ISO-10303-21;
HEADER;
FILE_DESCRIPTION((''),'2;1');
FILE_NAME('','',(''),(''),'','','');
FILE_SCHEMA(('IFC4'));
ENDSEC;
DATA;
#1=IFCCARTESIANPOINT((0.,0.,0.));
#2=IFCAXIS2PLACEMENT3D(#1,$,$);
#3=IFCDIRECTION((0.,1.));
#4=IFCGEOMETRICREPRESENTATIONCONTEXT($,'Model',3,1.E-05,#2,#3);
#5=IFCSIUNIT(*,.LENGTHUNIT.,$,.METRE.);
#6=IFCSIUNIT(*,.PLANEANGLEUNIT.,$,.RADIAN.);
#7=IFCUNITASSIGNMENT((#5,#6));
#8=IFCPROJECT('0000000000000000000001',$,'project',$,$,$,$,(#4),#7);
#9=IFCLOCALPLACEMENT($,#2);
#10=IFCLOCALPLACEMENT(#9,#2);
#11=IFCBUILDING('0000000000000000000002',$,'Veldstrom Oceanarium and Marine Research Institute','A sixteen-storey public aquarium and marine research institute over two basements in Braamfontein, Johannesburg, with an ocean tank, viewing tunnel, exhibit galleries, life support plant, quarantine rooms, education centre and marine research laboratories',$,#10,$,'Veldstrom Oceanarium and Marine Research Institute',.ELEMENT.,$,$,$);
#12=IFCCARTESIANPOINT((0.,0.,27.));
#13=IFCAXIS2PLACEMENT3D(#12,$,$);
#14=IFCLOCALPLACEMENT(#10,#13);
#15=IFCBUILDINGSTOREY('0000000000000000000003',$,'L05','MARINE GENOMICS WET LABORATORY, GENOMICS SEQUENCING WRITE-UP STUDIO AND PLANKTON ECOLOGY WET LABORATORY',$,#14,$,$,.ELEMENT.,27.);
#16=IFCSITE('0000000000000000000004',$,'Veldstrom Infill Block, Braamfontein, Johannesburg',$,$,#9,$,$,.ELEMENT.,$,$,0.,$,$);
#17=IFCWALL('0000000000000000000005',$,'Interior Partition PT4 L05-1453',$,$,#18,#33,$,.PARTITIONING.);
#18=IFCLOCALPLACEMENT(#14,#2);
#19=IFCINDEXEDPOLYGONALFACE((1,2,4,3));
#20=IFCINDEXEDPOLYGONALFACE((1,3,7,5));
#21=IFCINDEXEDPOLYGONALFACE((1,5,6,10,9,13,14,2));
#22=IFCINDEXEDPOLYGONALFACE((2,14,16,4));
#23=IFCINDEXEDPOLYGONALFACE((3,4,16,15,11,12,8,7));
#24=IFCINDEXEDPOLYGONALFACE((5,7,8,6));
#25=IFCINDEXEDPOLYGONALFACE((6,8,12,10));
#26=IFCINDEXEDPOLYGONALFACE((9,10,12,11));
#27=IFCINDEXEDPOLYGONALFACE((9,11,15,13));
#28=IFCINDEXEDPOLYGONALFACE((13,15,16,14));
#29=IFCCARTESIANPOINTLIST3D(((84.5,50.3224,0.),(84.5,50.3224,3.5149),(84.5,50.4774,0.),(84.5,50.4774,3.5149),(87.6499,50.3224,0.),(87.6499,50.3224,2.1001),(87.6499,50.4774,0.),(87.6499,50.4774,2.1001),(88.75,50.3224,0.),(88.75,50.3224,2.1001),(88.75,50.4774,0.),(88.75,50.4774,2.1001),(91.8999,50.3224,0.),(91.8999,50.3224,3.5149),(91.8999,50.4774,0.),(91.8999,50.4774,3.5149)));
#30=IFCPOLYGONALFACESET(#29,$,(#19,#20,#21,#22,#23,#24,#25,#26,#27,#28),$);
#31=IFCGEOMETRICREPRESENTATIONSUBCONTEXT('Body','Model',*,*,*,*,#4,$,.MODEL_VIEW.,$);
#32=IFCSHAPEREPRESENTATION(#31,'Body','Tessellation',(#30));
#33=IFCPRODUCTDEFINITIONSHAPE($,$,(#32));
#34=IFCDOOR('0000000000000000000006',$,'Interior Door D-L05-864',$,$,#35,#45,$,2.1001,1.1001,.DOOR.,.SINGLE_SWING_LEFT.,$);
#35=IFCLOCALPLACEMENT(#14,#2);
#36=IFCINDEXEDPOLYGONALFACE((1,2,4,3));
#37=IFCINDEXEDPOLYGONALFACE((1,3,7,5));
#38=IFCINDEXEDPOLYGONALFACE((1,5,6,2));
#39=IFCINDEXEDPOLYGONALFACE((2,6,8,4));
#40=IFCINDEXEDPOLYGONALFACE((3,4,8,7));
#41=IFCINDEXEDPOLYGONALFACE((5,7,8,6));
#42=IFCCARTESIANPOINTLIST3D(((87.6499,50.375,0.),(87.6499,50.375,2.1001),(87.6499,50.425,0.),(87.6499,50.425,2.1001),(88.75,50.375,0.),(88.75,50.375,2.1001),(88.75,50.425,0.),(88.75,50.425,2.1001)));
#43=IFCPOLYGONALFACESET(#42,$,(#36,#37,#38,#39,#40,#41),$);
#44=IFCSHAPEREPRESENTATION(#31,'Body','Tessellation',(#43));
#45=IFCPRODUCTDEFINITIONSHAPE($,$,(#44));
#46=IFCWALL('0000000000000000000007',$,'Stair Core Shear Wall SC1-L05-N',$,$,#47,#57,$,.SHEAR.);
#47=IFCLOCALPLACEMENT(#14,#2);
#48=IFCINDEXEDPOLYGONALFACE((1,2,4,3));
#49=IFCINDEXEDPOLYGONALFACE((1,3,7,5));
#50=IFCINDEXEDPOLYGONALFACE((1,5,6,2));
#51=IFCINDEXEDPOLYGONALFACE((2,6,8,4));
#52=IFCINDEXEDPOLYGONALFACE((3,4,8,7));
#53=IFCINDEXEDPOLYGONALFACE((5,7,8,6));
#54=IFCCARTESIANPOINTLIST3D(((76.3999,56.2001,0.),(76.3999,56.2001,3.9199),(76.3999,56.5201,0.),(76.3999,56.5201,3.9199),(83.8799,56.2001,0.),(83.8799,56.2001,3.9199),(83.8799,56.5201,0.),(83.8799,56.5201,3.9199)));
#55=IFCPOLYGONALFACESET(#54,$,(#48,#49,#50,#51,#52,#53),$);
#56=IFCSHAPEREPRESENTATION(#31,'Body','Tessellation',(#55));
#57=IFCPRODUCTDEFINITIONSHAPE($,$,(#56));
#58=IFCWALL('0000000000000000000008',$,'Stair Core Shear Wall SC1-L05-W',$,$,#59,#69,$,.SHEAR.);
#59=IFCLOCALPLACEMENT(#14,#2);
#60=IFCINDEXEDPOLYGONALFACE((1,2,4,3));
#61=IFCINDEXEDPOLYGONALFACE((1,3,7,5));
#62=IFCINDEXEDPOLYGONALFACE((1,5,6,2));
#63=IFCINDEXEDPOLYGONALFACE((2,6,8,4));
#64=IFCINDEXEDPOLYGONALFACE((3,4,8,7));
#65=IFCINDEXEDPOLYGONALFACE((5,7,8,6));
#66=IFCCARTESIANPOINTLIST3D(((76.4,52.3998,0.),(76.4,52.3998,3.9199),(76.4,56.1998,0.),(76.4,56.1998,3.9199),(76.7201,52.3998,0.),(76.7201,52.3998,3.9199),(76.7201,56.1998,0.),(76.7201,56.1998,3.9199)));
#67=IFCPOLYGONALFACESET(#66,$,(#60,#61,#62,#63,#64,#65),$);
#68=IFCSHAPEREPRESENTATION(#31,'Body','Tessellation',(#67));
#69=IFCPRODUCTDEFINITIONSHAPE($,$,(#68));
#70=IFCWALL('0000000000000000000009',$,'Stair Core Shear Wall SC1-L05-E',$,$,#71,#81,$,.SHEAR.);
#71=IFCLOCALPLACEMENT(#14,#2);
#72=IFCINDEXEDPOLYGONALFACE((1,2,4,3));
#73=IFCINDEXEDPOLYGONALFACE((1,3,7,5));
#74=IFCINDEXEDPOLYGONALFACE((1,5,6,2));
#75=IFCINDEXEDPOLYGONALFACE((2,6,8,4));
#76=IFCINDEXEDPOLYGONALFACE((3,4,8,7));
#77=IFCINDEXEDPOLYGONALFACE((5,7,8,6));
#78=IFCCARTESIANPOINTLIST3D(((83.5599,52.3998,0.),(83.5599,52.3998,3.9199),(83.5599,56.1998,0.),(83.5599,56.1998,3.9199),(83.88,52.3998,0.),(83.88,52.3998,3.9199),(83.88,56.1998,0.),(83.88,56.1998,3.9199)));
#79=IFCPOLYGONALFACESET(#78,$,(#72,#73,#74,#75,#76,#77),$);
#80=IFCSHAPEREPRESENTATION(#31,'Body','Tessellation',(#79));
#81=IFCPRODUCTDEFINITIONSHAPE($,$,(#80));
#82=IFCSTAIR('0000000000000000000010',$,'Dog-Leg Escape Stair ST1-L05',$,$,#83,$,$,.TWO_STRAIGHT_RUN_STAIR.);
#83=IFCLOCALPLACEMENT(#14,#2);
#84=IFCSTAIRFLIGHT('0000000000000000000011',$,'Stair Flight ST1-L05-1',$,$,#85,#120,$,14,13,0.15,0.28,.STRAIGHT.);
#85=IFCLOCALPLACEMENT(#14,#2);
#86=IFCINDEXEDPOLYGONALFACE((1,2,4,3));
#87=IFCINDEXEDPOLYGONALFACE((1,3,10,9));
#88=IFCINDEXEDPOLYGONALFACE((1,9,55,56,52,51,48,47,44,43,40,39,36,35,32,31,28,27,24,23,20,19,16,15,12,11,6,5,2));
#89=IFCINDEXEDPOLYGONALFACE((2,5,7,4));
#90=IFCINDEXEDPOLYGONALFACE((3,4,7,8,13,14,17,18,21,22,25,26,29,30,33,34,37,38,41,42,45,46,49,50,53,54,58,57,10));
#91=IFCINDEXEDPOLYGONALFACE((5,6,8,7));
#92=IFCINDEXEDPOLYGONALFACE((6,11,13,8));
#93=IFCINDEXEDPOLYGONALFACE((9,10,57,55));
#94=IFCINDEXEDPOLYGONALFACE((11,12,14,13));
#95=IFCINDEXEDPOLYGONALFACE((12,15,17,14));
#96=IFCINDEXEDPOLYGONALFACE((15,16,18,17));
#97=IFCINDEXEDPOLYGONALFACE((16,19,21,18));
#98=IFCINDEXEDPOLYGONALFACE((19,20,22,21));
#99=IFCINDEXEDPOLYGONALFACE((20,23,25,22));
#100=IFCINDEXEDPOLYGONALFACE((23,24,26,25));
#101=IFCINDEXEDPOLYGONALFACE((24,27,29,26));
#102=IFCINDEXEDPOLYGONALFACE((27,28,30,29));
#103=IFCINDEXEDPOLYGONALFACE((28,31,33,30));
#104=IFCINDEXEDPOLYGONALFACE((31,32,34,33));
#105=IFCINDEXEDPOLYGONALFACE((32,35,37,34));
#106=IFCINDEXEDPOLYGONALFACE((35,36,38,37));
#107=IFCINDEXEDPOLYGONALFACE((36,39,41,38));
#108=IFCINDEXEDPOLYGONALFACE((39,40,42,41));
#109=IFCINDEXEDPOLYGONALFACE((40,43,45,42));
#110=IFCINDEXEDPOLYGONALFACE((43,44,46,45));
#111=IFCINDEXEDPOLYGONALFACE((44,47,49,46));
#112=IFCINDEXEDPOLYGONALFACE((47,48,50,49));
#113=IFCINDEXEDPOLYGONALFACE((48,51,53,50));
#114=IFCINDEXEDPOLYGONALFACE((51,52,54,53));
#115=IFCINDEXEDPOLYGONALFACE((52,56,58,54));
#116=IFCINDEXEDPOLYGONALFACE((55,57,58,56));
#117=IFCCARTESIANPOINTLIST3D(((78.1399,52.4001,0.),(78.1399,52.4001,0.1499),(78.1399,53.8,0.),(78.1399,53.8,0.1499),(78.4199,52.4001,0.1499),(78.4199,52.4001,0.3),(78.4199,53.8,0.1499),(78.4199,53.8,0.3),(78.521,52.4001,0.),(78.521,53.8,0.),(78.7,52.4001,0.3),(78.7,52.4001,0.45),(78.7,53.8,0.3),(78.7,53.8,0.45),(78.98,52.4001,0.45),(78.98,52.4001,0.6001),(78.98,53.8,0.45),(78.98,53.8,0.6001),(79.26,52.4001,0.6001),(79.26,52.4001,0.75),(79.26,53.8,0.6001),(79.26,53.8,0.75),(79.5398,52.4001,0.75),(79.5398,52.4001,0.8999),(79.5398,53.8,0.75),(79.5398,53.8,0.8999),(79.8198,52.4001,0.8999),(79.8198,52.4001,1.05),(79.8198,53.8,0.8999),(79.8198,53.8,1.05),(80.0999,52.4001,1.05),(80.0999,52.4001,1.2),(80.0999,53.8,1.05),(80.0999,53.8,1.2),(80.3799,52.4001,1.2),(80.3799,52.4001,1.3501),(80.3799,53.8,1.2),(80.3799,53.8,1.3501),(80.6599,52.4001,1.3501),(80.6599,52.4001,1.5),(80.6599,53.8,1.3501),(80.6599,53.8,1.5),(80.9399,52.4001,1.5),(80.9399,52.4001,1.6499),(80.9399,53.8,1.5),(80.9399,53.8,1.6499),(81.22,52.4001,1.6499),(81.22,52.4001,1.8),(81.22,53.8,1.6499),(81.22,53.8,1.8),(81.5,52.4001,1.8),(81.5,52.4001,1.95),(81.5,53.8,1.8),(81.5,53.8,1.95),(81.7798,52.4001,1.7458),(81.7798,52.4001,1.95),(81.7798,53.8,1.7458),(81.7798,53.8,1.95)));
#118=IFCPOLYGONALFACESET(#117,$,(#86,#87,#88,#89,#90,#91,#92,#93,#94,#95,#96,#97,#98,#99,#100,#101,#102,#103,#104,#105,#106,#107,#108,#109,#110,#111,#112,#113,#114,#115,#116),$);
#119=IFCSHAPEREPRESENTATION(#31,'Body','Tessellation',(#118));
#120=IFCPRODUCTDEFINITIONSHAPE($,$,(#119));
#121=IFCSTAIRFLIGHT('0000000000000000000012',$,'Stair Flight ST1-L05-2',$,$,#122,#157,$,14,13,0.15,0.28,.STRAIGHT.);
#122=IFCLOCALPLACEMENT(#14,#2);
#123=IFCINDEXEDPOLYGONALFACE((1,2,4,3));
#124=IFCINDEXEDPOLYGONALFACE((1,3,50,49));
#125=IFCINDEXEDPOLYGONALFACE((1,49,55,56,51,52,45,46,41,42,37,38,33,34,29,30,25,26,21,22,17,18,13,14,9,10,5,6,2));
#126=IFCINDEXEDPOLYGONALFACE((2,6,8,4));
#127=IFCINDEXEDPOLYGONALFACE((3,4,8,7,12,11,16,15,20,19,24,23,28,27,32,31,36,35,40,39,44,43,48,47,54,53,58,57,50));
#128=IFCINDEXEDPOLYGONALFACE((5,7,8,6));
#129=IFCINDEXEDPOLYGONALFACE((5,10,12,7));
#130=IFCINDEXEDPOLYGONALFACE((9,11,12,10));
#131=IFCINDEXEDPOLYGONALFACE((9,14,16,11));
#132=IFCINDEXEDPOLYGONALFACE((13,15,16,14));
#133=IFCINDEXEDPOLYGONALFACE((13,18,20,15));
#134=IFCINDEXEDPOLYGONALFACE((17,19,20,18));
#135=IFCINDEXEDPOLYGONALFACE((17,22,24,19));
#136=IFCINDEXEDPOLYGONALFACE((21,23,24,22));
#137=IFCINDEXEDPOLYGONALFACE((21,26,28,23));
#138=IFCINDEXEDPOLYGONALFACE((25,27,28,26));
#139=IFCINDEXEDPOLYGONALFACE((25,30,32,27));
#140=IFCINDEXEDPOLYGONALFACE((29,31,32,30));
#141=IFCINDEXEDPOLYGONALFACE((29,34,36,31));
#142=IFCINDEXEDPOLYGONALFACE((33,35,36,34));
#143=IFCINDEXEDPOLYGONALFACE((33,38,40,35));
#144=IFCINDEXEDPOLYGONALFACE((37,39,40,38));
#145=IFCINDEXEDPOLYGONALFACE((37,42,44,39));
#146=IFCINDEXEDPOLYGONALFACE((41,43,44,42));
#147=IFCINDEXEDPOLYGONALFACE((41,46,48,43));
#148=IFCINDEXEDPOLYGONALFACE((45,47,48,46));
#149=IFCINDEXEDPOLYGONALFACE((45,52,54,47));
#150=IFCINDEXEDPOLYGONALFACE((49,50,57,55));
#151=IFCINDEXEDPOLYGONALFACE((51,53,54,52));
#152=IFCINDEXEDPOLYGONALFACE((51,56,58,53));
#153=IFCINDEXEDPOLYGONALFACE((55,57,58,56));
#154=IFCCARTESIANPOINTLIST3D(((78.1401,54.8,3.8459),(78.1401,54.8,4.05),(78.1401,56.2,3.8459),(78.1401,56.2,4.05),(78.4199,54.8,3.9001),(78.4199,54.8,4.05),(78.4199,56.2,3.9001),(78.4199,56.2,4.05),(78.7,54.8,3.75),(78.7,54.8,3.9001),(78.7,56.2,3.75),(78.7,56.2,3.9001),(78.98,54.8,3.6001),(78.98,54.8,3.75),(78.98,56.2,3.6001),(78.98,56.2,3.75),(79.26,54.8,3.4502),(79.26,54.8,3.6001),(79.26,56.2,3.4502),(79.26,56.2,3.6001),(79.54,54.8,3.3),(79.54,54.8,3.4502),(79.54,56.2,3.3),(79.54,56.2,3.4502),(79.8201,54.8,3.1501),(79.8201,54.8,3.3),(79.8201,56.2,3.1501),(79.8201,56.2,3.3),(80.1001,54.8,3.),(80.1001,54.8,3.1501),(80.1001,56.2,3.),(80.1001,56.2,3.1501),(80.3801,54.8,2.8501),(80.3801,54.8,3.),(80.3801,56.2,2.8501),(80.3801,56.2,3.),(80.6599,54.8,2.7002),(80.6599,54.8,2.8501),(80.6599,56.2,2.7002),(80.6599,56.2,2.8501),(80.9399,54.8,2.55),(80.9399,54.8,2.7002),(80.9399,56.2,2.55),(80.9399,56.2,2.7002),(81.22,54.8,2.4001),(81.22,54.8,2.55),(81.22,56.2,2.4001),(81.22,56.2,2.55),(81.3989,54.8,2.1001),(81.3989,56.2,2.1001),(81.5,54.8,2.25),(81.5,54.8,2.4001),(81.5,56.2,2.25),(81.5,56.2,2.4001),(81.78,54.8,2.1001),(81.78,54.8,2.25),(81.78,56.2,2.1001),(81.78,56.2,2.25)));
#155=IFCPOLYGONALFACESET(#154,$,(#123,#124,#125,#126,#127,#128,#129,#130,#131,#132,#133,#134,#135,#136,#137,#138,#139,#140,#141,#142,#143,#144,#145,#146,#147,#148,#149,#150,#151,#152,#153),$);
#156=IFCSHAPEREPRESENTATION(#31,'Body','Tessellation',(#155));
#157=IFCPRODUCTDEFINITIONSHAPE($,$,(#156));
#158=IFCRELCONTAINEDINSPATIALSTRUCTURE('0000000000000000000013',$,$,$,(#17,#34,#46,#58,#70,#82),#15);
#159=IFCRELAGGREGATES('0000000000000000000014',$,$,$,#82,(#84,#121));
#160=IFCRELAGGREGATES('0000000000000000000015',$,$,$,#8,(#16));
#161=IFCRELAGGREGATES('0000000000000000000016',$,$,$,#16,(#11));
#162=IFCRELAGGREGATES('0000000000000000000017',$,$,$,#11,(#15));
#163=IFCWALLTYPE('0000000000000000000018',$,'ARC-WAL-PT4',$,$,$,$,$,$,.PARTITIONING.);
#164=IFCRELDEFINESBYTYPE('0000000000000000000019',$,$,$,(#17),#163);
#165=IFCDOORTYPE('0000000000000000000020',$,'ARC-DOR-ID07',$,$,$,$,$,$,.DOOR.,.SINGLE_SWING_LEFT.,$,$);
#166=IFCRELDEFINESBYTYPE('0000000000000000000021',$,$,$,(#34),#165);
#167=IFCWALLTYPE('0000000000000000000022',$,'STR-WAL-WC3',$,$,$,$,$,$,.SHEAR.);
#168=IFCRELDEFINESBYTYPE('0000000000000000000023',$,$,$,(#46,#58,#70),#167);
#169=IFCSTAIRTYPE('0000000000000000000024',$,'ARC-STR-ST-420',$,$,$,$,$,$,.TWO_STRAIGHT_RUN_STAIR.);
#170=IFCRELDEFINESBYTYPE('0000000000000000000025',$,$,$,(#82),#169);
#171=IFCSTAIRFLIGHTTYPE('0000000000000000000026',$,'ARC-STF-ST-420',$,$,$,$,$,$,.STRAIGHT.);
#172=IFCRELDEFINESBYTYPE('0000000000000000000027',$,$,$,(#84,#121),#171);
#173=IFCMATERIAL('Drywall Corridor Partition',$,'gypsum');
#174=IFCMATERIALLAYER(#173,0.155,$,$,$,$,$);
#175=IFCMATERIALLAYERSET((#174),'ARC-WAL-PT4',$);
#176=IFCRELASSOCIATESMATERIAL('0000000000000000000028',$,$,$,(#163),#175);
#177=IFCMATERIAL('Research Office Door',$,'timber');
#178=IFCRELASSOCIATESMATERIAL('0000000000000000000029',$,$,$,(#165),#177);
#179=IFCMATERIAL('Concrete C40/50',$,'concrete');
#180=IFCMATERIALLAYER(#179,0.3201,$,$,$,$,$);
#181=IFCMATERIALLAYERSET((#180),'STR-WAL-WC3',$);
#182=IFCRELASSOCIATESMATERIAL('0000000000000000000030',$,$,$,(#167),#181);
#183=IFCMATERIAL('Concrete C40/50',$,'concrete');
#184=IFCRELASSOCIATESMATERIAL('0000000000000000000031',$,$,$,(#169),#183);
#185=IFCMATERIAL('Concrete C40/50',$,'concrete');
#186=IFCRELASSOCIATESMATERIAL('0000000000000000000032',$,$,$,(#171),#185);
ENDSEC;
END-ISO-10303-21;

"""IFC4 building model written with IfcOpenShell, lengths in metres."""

from ifc_helpers import new_model, si_unit, direction, frame, frame_2d, origin, place, context, subcontext, project, spatial, polyline, rectangle, outline, extrude, material, layer, layer_set, type_object, element, fill, aggregate, save


model = new_model("IFC4")

# Units and contexts
model_context = context("Model", 3, precision=1e-05, world=origin(), true_north=direction((0.0, 1.0)))
body_context = subcontext(model_context, "Body", "Model", "MODEL_VIEW")
ifc_project = project(units=[si_unit("LENGTHUNIT", "METRE"), si_unit("PLANEANGLEUNIT", "RADIAN")], contexts=[model_context])

# Site, building, storey
site_placement = place(None, origin())
site = spatial("IfcSite", under=ifc_project, at=site_placement, Name="Veldstrom Infill Block, Braamfontein, Johannesburg", CompositionType="ELEMENT", RefElevation=0.0)
building_placement = place(site_placement, origin())
building = spatial("IfcBuilding", under=site, at=building_placement, Name="Veldstrom Oceanarium and Marine Research Institute", Description="A sixteen-storey public aquarium and marine research institute over two basements in Braamfontein, Johannesburg, with an ocean tank, viewing tunnel, exhibit galleries, life support plant, quarantine rooms, education centre and marine research laboratories", LongName="Veldstrom Oceanarium and Marine Research Institute", CompositionType="ELEMENT")
storey_placement = place(building_placement, frame((0.0, 0.0, 27.0)))
storey = spatial("IfcBuildingStorey", under=building, at=storey_placement, Name="L05", Description="MARINE GENOMICS WET LABORATORY, GENOMICS SEQUENCING WRITE-UP STUDIO AND PLANKTON ECOLOGY WET LABORATORY", CompositionType="ELEMENT", Elevation=27.0)

# Wall, opening, door
ifc_material_1 = material(Name="Drywall Corridor Partition", Category="gypsum")
ifc_layer_1 = layer(ifc_material_1, 0.155)
ifc_layer_set_1 = layer_set([ifc_layer_1], Name="ARC-WAL-PT4")
wall_type_1 = type_object("IfcWallType", Name="ARC-WAL-PT4", PredefinedType="PARTITIONING", material=ifc_layer_set_1)
wall_1_placement = place(storey_placement, frame((84.5, 50.3999, 0.0), z_axis=(0.0, 0.0, 1.0), x_axis=(1.0, 0.0, 0.0)))
wall_1 = element("IfcWall", 1, at=wall_1_placement, inside=storey, type_object=wall_type_1, Name="Interior Partition PT4 L05-1453", PredefinedType="PARTITIONING", context=body_context, shape_type="SweptSolid", body=[
    extrude(rectangle(XDim=7.3999, YDim=0.155, at=frame_2d((3.7, 0.0))), origin(), (0.0, 0.0, 1.0), 3.5149),
])
opening_1_placement = place(wall_1_placement, frame((3.1499, 0.0, 0.0)))
opening_1 = element("IfcOpeningElement", 2, at=opening_1_placement, cuts=wall_1, PredefinedType="OPENING", context=body_context, shape_type="SweptSolid", body=[
    extrude(rectangle(XDim=1.1001, YDim=2.1001, at=frame_2d((0.55, 1.05))), frame((0.0, 0.0874, 0.0), z_axis=(0.0, -1.0, 0.0), x_axis=(1.0, 0.0, 0.0)), (0.0, 0.0, 1.0), 0.175),
])
ifc_material_2 = material(Name="Research Office Door", Category="timber")
door_type_1 = type_object("IfcDoorType", Name="ARC-DOR-ID07", OperationType="SINGLE_SWING_LEFT", PredefinedType="DOOR", material=ifc_material_2)
door_1_placement = place(opening_1_placement, frame((1.1001, 0.0, 0.0), z_axis=(0.0, 0.0, 1.0), x_axis=(-1.0, 0.0, 0.0)))
door_1 = element("IfcDoor", 3, at=door_1_placement, inside=storey, type_object=door_type_1, Name="Interior Door D-L05-864", OperationType="SINGLE_SWING_LEFT", OverallHeight=2.1001, OverallWidth=1.1001, PredefinedType="DOOR", context=body_context, shape_type="SweptSolid", body=[
    extrude(rectangle(XDim=1.1001, YDim=2.1001, at=frame_2d((0.55, 1.05))), frame((0.0, 0.0249, 0.0), z_axis=(0.0, -1.0, 0.0), x_axis=(1.0, 0.0, 0.0)), (0.0, 0.0, 1.0), 0.05),
])
fill(opening_1, door_1)
ifc_material_3 = material(Name="Concrete C40/50", Category="concrete")
ifc_layer_2 = layer(ifc_material_3, 0.3201)
ifc_layer_set_2 = layer_set([ifc_layer_2], Name="STR-WAL-WC3")
wall_type_2 = type_object("IfcWallType", Name="STR-WAL-WC3", PredefinedType="SHEAR", material=ifc_layer_set_2)

# Walls
wall_2_placement = place(storey_placement, frame((76.3999, 56.3601, 0.0), z_axis=(0.0, 0.0, 1.0), x_axis=(1.0, 0.0, 0.0)))
element("IfcWall", 4, at=wall_2_placement, inside=storey, type_object=wall_type_2, Name="Stair Core Shear Wall SC1-L05-N", PredefinedType="SHEAR", context=body_context, shape_type="SweptSolid", body=[
    extrude(rectangle(XDim=7.48, YDim=0.3201, at=frame_2d((3.74, 0.0))), origin(), (0.0, 0.0, 1.0), 3.9199),
])
for number, where, z_axis, x_axis, name in (
    (5, (76.5601, 52.3999, 0.0), (0.0, 0.0, 1.0), (0.0, 1.0, 0.0), "Stair Core Shear Wall SC1-L05-W"),
    (6, (83.72, 52.3999, 0.0), (0.0, 0.0, 1.0), (0.0, 1.0, 0.0), "Stair Core Shear Wall SC1-L05-E"),
):
    element("IfcWall", number, at=place(storey_placement, frame(where, z_axis=z_axis, x_axis=x_axis)), inside=storey, type_object=wall_type_2, Name=name, PredefinedType="SHEAR", context=body_context, shape_type="SweptSolid", body=[
        extrude(rectangle(XDim=3.8, YDim=0.3201, at=frame_2d((1.8999, 0.0))), origin(), (0.0, 0.0, 1.0), 3.9199),
    ])

# Stair, stair flights
ifc_material_4 = material(Name="Concrete C40/50", Category="concrete")
stair_type = type_object("IfcStairType", Name="ARC-STR-ST-420", PredefinedType="TWO_STRAIGHT_RUN_STAIR", material=ifc_material_4)
stair_placement = place(storey_placement, origin())
stair = element("IfcStair", 7, at=stair_placement, inside=storey, type_object=stair_type, Name="Dog-Leg Escape Stair ST1-L05", PredefinedType="TWO_STRAIGHT_RUN_STAIR")
ifc_material_5 = material(Name="Concrete C40/50", Category="concrete")
stair_flight_type = type_object("IfcStairFlightType", Name="ARC-STF-ST-420", PredefinedType="STRAIGHT", material=ifc_material_5)
stair_flight_1_placement = place(storey_placement, frame((78.1399, 53.1001, 0.0), z_axis=(0.0, 0.0, 1.0), x_axis=(1.0, 0.0, 0.0)))
stair_flight_1 = element("IfcStairFlight", 8, at=stair_flight_1_placement, type_object=stair_flight_type, Name="Stair Flight ST1-L05-1", NumberOfRisers=14, NumberOfTreads=13, PredefinedType="STRAIGHT", RiserHeight=0.15, TreadLength=0.28, context=body_context, shape_type="SweptSolid", body=[
    extrude(outline(polyline([(0.0, 0.0), (0.0, 0.1499), (0.28, 0.1499), (0.28, 0.3), (0.5601, 0.3), (0.5601, 0.45), (0.8401, 0.45), (0.8401, 0.6001), (1.1201, 0.6001), (1.1201, 0.75), (1.3999, 0.75), (1.3999, 0.8999), (1.6799, 0.8999), (1.6799, 1.05), (1.96, 1.05), (1.96, 1.2), (2.24, 1.2), (2.24, 1.3501), (2.52, 1.3501), (2.52, 1.5), (2.8, 1.5), (2.8, 1.6499), (3.0801, 1.6499), (3.0801, 1.8), (3.3601, 1.8), (3.3601, 1.95), (3.6399, 1.95), (3.6399, 2.1001), (3.6399, 1.7458), (0.3811, 0.0), (0.0, 0.0)])), frame((0.0, 0.7, 0.0), z_axis=(0.0, -1.0, 0.0), x_axis=(1.0, 0.0, 0.0)), (0.0, 0.0, 1.0), 1.3999),
])
stair_flight_2_placement = place(storey_placement, frame((81.78, 55.5, 2.1001), z_axis=(0.0, 0.0, 1.0), x_axis=(-1.0, 0.0, 0.0)))
stair_flight_2 = element("IfcStairFlight", 9, at=stair_flight_2_placement, type_object=stair_flight_type, Name="Stair Flight ST1-L05-2", NumberOfRisers=14, NumberOfTreads=13, PredefinedType="STRAIGHT", RiserHeight=0.15, TreadLength=0.28, context=body_context, shape_type="SweptSolid", body=[
    extrude(outline(polyline([(0.0, 0.0), (0.0, 0.1499), (0.28, 0.1499), (0.28, 0.3), (0.5601, 0.3), (0.5601, 0.45), (0.8401, 0.45), (0.8401, 0.6001), (1.1201, 0.6001), (1.1201, 0.75), (1.3999, 0.75), (1.3999, 0.8999), (1.6799, 0.8999), (1.6799, 1.05), (1.96, 1.05), (1.96, 1.2), (2.24, 1.2), (2.24, 1.3501), (2.52, 1.3501), (2.52, 1.5), (2.8, 1.5), (2.8, 1.6499), (3.0801, 1.6499), (3.0801, 1.8), (3.3601, 1.8), (3.3601, 1.95), (3.6399, 1.95), (3.6399, 2.1001), (3.6399, 1.7458), (0.3811, 0.0), (0.0, 0.0)])), frame((0.0, 0.7, 0.0), z_axis=(0.0, -1.0, 0.0), x_axis=(1.0, 0.0, 0.0)), (0.0, 0.0, 1.0), 1.3999),
])
aggregate(stair, [stair_flight_1, stair_flight_2])

save(model, "model.ifc")
